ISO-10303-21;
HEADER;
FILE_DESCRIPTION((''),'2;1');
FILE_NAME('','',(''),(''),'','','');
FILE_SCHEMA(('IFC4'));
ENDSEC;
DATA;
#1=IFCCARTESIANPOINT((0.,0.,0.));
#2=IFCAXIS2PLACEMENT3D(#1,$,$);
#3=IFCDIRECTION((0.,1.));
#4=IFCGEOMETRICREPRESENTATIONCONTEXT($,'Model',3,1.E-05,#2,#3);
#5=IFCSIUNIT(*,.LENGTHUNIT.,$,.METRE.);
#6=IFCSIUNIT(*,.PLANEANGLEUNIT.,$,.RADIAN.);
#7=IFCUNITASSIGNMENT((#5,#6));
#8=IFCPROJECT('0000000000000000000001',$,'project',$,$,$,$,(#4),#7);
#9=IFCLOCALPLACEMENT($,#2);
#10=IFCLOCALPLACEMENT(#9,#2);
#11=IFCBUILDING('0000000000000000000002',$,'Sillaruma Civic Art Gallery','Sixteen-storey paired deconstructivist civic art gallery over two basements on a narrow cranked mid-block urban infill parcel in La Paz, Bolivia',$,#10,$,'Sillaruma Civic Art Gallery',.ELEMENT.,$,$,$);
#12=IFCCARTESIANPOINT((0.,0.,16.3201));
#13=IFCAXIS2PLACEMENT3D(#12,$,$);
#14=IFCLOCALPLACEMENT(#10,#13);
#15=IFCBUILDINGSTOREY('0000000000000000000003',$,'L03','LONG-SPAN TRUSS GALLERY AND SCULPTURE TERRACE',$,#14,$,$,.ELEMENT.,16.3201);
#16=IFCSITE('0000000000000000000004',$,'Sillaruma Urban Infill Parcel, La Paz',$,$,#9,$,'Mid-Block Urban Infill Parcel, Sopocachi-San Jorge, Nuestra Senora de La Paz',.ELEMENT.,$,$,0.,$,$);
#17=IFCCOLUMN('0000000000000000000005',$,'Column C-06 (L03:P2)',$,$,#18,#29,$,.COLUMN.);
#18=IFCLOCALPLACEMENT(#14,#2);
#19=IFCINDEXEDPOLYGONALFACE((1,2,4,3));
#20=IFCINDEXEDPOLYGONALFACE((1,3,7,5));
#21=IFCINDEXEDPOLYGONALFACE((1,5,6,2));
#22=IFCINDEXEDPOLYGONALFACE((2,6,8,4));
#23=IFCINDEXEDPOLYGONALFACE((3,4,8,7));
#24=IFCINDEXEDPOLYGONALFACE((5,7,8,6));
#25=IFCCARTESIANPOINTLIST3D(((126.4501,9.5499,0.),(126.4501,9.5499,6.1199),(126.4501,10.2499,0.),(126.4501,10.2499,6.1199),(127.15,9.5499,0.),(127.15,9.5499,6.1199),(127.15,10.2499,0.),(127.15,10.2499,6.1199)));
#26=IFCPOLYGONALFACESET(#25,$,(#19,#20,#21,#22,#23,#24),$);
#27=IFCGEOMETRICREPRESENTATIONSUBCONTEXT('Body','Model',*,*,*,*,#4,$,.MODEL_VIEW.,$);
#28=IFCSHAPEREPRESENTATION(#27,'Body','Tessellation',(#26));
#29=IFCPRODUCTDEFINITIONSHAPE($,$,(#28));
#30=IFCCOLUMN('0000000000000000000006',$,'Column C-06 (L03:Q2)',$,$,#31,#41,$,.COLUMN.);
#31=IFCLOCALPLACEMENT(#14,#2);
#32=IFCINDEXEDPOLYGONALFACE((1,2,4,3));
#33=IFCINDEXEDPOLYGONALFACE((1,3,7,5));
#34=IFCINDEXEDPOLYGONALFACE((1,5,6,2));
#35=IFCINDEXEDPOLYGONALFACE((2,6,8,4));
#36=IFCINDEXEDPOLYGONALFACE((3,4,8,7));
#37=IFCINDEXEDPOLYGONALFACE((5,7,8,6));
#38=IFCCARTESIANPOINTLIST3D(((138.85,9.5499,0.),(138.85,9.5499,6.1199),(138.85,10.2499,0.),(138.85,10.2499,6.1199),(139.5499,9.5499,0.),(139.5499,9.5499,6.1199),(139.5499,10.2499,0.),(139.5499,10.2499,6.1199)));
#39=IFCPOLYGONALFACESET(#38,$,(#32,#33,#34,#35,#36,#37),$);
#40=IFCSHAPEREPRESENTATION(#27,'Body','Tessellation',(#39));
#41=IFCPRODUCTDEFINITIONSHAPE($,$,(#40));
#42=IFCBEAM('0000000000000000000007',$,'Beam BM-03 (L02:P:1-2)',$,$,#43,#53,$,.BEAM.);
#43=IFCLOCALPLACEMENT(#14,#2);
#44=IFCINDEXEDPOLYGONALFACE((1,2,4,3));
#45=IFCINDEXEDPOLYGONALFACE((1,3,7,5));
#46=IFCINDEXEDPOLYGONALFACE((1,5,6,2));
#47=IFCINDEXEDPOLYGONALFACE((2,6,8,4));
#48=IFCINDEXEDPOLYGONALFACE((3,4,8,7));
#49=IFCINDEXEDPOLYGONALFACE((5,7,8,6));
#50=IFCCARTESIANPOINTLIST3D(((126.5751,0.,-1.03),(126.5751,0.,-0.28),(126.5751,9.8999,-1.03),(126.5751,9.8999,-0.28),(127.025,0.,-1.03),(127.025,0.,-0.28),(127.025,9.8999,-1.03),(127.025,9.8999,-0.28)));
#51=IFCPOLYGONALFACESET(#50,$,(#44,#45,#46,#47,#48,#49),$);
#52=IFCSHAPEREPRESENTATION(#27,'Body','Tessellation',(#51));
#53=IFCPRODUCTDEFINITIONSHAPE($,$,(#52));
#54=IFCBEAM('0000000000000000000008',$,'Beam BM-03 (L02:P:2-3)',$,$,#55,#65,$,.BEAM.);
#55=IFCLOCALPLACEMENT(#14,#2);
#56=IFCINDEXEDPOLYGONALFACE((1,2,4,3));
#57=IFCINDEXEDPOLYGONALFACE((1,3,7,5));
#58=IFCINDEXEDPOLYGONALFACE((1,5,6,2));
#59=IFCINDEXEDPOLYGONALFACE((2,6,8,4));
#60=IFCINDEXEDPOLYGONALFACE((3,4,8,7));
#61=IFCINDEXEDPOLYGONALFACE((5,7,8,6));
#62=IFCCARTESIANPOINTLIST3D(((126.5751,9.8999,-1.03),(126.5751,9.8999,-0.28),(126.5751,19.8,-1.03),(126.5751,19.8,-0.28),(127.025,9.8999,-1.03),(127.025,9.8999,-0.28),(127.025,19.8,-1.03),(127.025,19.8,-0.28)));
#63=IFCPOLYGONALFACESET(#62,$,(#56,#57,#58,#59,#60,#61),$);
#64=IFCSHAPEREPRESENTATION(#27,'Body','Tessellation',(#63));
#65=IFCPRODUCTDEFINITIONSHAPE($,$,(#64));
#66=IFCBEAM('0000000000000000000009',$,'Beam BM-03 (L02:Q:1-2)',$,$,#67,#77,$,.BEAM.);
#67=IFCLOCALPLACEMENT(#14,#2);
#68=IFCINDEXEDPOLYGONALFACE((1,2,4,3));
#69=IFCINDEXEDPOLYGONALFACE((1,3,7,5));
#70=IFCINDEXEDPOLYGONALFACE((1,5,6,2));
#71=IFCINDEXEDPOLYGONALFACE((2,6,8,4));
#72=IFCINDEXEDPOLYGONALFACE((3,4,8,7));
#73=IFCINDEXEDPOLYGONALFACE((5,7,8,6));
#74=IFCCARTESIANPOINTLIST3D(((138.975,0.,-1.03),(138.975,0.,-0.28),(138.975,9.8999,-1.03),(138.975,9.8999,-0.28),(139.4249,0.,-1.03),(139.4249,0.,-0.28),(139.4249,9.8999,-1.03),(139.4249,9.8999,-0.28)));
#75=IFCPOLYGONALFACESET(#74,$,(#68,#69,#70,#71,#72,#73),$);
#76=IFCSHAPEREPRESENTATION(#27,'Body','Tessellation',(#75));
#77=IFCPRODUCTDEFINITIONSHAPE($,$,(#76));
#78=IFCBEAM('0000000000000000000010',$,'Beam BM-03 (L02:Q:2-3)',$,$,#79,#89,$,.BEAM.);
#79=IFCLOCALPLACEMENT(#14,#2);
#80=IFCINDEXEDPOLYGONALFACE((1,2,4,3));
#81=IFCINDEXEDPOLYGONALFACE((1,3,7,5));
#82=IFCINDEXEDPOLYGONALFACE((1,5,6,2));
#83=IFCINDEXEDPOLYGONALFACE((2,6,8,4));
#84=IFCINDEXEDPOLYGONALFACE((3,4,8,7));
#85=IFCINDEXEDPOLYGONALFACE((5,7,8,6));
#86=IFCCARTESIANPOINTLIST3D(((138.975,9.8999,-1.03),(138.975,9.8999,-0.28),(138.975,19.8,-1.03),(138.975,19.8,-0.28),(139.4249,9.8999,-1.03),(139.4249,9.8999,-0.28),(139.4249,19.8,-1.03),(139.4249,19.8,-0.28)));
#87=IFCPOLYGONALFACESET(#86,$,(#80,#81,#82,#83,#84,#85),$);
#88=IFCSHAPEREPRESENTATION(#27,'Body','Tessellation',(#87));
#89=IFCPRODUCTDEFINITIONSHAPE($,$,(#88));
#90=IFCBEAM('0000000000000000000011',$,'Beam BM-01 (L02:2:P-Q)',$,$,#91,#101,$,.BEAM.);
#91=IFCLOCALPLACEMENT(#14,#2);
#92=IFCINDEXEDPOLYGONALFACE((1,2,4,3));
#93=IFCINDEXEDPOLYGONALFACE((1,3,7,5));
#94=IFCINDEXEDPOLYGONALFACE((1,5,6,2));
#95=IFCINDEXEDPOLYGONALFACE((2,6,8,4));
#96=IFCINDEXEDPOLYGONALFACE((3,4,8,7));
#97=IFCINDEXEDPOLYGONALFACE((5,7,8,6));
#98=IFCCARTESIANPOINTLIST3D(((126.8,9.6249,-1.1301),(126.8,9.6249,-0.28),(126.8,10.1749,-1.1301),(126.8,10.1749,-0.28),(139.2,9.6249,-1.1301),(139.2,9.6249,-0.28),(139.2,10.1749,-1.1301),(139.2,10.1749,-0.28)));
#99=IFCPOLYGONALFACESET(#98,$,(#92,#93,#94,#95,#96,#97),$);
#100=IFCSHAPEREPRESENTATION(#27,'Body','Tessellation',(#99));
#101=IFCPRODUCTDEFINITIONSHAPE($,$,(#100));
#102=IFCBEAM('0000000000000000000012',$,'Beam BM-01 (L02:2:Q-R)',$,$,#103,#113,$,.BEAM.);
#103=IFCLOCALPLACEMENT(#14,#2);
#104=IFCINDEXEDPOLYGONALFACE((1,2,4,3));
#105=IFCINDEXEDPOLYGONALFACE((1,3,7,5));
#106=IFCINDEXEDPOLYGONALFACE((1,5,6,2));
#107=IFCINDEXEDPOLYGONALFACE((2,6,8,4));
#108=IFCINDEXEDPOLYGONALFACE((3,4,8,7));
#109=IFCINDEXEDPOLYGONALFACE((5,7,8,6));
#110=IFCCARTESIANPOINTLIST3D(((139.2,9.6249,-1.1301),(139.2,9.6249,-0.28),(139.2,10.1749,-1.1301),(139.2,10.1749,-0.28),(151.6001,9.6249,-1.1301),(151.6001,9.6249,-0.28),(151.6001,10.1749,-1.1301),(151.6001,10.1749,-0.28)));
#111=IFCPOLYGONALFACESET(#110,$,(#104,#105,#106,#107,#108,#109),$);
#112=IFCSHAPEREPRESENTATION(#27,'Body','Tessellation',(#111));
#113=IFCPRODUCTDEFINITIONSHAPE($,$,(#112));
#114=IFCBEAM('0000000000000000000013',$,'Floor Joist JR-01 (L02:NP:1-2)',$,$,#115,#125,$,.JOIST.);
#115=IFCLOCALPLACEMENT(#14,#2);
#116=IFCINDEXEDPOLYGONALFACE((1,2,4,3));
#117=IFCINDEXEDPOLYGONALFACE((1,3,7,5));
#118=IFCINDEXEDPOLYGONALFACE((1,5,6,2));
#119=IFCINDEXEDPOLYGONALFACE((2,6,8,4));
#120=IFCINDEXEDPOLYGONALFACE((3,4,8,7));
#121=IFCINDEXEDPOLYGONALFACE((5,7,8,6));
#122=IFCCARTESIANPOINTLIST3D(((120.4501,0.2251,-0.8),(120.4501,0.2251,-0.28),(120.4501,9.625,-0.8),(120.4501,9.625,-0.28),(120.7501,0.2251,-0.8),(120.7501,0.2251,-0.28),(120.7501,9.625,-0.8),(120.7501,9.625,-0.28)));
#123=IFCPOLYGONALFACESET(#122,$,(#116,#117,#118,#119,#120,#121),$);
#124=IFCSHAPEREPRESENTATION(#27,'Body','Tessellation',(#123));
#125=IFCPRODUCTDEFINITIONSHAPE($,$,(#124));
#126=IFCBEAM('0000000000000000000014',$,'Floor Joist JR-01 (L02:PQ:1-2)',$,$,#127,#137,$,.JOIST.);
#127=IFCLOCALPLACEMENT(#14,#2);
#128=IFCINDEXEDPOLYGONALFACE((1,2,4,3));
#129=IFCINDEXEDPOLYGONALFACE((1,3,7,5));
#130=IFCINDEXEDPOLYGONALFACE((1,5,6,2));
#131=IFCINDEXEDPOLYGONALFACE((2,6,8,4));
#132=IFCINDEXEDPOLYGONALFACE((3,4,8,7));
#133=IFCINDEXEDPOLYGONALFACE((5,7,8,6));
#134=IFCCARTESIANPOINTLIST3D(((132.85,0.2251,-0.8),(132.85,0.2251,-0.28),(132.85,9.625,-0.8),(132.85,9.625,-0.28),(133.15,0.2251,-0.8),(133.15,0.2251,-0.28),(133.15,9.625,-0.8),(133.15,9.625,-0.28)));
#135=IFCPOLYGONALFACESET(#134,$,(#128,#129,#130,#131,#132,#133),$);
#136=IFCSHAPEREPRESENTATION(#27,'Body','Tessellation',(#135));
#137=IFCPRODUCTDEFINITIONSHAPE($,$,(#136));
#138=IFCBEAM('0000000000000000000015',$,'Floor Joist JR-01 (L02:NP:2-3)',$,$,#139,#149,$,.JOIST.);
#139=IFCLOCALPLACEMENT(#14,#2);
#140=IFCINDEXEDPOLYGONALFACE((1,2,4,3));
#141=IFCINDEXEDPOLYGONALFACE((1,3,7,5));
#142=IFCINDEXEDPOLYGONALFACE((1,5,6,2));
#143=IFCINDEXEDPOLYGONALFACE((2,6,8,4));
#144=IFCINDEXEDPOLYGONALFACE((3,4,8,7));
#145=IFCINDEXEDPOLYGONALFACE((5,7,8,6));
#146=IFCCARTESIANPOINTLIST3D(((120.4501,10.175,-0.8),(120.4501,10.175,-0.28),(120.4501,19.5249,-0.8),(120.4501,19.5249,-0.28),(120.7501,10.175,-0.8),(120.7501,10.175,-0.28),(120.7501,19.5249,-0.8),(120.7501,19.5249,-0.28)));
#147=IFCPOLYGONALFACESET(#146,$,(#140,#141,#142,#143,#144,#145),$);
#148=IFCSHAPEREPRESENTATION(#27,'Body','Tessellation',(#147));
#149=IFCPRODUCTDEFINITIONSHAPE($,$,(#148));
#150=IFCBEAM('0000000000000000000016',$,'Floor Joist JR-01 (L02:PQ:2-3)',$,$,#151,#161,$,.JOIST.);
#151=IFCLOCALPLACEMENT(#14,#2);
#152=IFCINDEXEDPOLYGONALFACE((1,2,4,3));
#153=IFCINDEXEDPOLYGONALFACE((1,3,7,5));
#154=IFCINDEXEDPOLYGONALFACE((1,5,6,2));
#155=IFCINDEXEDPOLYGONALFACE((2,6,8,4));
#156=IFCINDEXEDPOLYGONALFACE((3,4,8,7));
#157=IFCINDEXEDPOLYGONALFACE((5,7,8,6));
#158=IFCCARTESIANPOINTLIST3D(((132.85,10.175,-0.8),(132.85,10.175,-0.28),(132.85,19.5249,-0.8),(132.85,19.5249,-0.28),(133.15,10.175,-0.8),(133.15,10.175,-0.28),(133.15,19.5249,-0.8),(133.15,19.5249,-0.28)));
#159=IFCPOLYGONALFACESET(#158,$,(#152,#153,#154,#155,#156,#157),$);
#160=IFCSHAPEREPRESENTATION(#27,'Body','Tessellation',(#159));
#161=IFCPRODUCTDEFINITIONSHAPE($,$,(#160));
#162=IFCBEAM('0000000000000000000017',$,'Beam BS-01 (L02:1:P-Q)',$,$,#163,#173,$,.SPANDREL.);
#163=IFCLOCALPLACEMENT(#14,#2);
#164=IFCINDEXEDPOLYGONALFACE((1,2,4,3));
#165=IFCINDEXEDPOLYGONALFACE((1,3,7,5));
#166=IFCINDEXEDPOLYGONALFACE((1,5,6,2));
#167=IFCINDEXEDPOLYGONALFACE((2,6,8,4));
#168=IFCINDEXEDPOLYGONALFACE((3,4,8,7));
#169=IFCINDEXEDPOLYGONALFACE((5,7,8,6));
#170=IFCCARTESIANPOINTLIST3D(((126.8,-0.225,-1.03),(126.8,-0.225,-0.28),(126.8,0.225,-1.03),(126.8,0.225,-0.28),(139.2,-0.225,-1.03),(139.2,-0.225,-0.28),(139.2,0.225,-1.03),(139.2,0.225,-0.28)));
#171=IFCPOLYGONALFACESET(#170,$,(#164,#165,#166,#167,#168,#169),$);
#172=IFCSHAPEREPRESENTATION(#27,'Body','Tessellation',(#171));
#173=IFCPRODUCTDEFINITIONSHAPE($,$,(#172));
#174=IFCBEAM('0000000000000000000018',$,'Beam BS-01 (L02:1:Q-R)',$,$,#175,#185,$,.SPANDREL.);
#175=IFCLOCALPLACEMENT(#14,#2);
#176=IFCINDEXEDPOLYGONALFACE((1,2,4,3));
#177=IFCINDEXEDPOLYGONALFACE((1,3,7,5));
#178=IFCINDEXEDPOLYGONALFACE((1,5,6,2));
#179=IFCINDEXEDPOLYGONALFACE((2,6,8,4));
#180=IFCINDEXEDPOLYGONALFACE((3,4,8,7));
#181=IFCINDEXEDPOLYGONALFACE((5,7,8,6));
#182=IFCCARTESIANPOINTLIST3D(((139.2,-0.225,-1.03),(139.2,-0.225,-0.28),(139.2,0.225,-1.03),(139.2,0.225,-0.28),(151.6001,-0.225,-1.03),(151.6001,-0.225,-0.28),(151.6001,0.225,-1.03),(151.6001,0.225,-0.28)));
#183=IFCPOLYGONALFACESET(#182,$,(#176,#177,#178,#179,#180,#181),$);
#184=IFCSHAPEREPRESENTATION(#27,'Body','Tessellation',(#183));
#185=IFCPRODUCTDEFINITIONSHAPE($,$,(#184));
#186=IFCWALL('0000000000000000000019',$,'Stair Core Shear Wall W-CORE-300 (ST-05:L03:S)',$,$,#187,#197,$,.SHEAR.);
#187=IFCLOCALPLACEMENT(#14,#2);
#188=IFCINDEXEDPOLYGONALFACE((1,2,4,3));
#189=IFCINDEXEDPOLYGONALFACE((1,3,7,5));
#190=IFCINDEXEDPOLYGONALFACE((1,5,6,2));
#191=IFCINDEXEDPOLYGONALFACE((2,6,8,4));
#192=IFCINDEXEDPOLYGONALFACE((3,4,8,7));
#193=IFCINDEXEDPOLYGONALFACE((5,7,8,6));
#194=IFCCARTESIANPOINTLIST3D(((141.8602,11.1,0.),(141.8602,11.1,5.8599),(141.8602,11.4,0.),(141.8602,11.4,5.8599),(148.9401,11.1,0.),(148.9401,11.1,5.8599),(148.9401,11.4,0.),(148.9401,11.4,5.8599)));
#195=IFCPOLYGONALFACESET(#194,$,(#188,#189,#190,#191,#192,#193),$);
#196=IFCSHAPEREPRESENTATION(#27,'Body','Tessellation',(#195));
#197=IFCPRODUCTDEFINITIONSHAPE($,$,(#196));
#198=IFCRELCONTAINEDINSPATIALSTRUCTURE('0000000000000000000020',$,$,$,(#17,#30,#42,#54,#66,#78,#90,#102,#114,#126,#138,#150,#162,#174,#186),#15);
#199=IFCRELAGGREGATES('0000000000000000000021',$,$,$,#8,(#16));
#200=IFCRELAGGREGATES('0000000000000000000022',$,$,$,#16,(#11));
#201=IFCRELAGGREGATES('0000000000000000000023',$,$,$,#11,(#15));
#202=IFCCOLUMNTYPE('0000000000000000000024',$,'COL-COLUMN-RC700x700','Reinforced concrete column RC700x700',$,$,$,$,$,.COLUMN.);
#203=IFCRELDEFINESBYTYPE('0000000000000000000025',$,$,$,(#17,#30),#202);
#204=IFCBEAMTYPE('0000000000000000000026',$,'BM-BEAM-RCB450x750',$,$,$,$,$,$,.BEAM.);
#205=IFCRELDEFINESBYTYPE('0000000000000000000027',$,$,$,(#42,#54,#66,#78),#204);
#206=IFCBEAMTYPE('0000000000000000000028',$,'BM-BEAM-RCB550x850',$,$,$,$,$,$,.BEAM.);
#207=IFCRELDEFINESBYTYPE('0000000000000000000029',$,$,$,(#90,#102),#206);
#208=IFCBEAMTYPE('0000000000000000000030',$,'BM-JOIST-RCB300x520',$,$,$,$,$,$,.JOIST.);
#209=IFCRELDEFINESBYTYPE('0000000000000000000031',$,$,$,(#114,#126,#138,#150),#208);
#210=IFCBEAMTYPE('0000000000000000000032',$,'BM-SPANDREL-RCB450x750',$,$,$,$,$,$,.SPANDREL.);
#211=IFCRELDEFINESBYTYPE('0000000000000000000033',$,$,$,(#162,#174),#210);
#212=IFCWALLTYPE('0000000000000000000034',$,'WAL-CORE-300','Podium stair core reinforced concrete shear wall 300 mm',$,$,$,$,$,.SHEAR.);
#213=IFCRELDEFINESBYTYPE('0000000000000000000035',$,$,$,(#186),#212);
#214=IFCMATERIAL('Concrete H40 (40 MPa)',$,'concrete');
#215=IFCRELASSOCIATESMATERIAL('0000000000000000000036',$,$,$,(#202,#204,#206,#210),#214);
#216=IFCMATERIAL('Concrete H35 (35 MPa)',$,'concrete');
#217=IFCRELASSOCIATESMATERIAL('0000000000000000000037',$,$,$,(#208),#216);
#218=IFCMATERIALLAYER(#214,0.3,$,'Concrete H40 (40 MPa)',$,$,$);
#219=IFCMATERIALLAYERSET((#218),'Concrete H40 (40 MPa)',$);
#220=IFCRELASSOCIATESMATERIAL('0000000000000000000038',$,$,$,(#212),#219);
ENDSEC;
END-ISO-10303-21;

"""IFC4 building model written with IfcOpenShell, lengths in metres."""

from ifc_helpers import new_model, si_unit, direction, frame, frame_2d, origin, origin_2d, place, context, subcontext, project, spatial, rectangle, extrude, material, layer, layer_set, material_profile, profile_set, type_object, element, save


model = new_model("IFC4")

# Units and contexts
model_context = context("Model", 3, precision=1e-05, world=origin(), true_north=direction((0.0, 1.0)))
body_context = subcontext(model_context, "Body", "Model", "MODEL_VIEW")
ifc_project = project(units=[si_unit("LENGTHUNIT", "METRE"), si_unit("PLANEANGLEUNIT", "RADIAN")], contexts=[model_context])

# Site, building, storey
site_placement = place(None, origin())
site = spatial("IfcSite", under=ifc_project, at=site_placement, Name="Sillaruma Urban Infill Parcel, La Paz", LongName="Mid-Block Urban Infill Parcel, Sopocachi-San Jorge, Nuestra Senora de La Paz", CompositionType="ELEMENT", RefElevation=0.0)
building_placement = place(site_placement, origin())
building = spatial("IfcBuilding", under=site, at=building_placement, Name="Sillaruma Civic Art Gallery", Description="Sixteen-storey paired deconstructivist civic art gallery over two basements on a narrow cranked mid-block urban infill parcel in La Paz, Bolivia", LongName="Sillaruma Civic Art Gallery", CompositionType="ELEMENT")
storey_placement = place(building_placement, frame((0.0, 0.0, 16.3201)))
storey = spatial("IfcBuildingStorey", under=building, at=storey_placement, Name="L03", Description="LONG-SPAN TRUSS GALLERY AND SCULPTURE TERRACE", CompositionType="ELEMENT", Elevation=16.3201)

# Columns
ifc_material_1 = material(Name="Concrete H40 (40 MPa)", Category="concrete")
ifc_material_profile_1 = material_profile(ifc_material_1, rectangle(XDim=0.7, YDim=0.7, at=origin_2d()), Name="RC700x700")
ifc_profile_set_1 = profile_set([ifc_material_profile_1], Name="Concrete H40 (40 MPa)")
column_type = type_object("IfcColumnType", Name="COL-COLUMN-RC700x700", Description="Reinforced concrete column RC700x700", PredefinedType="COLUMN", material=ifc_profile_set_1)
for number, where, z_axis, x_axis, name in (
    (1, (126.8, 9.8999, 0.0), (0.0, 0.0, 1.0), (1.0, 0.0, 0.0), "Column C-06 (L03:P2)"),
    (2, (139.2, 9.8999, 0.0), (0.0, 0.0, 1.0), (1.0, 0.0, 0.0), "Column C-06 (L03:Q2)"),
):
    element("IfcColumn", number, at=place(storey_placement, frame(where, z_axis=z_axis, x_axis=x_axis)), inside=storey, type_object=column_type, Name=name, PredefinedType="COLUMN", context=body_context, shape_type="SweptSolid", body=[
        extrude(rectangle(XDim=0.7, YDim=0.7, at=origin_2d()), origin(), (0.0, 0.0, 1.0), 6.1199),
    ])

# Beams
ifc_material_profile_2 = material_profile(ifc_material_1, rectangle(XDim=0.45, YDim=0.75, at=origin_2d()), Name="RCB450x750")
ifc_profile_set_2 = profile_set([ifc_material_profile_2], Name="Concrete H40 (40 MPa)")
beam_type_1 = type_object("IfcBeamType", Name="BM-BEAM-RCB450x750", PredefinedType="BEAM", material=ifc_profile_set_2)
beam_1_placement = place(storey_placement, frame((126.8, 0.0, -0.655), z_axis=(0.0, 1.0, 0.0), x_axis=(-1.0, 0.0, 0.0)))
element("IfcBeam", 3, at=beam_1_placement, inside=storey, type_object=beam_type_1, Name="Beam BM-03 (L02:P:1-2)", PredefinedType="BEAM", context=body_context, shape_type="SweptSolid", body=[
    extrude(rectangle(XDim=0.45, YDim=0.75, at=origin_2d()), origin(), (0.0, 0.0, 1.0), 9.8999),
])
beam_2_placement = place(storey_placement, frame((126.8, 9.8999, -0.655), z_axis=(0.0, 1.0, 0.0), x_axis=(-1.0, 0.0, 0.0)))
element("IfcBeam", 4, at=beam_2_placement, inside=storey, type_object=beam_type_1, Name="Beam BM-03 (L02:P:2-3)", PredefinedType="BEAM", context=body_context, shape_type="SweptSolid", body=[
    extrude(rectangle(XDim=0.45, YDim=0.75, at=origin_2d()), origin(), (0.0, 0.0, 1.0), 9.9001),
])
beam_3_placement = place(storey_placement, frame((139.2, 0.0, -0.655), z_axis=(0.0, 1.0, 0.0), x_axis=(-1.0, 0.0, 0.0)))
element("IfcBeam", 5, at=beam_3_placement, inside=storey, type_object=beam_type_1, Name="Beam BM-03 (L02:Q:1-2)", PredefinedType="BEAM", context=body_context, shape_type="SweptSolid", body=[
    extrude(rectangle(XDim=0.45, YDim=0.75, at=origin_2d()), origin(), (0.0, 0.0, 1.0), 9.8999),
])
beam_4_placement = place(storey_placement, frame((139.2, 9.8999, -0.655), z_axis=(0.0, 1.0, 0.0), x_axis=(-1.0, 0.0, 0.0)))
element("IfcBeam", 6, at=beam_4_placement, inside=storey, type_object=beam_type_1, Name="Beam BM-03 (L02:Q:2-3)", PredefinedType="BEAM", context=body_context, shape_type="SweptSolid", body=[
    extrude(rectangle(XDim=0.45, YDim=0.75, at=origin_2d()), origin(), (0.0, 0.0, 1.0), 9.9001),
])
ifc_material_profile_3 = material_profile(ifc_material_1, rectangle(XDim=0.55, YDim=0.8501, at=origin_2d()), Name="RCB550x850")
ifc_profile_set_3 = profile_set([ifc_material_profile_3], Name="Concrete H40 (40 MPa)")
beam_type_2 = type_object("IfcBeamType", Name="BM-BEAM-RCB550x850", PredefinedType="BEAM", material=ifc_profile_set_3)
beam_5_placement = place(storey_placement, frame((126.8, 9.8999, -0.7051), z_axis=(1.0, 0.0, 0.0), x_axis=(0.0, 1.0, 0.0)))
element("IfcBeam", 7, at=beam_5_placement, inside=storey, type_object=beam_type_2, Name="Beam BM-01 (L02:2:P-Q)", PredefinedType="BEAM", context=body_context, shape_type="SweptSolid", body=[
    extrude(rectangle(XDim=0.55, YDim=0.8501, at=origin_2d()), origin(), (0.0, 0.0, 1.0), 12.3999),
])
beam_6_placement = place(storey_placement, frame((139.2, 9.8999, -0.7051), z_axis=(1.0, 0.0, 0.0), x_axis=(0.0, 1.0, 0.0)))
element("IfcBeam", 8, at=beam_6_placement, inside=storey, type_object=beam_type_2, Name="Beam BM-01 (L02:2:Q-R)", PredefinedType="BEAM", context=body_context, shape_type="SweptSolid", body=[
    extrude(rectangle(XDim=0.55, YDim=0.8501, at=origin_2d()), origin(), (0.0, 0.0, 1.0), 12.4001),
])
ifc_material_2 = material(Name="Concrete H35 (35 MPa)", Category="concrete")
ifc_material_profile_4 = material_profile(ifc_material_2, rectangle(XDim=0.3, YDim=0.52, at=origin_2d()), Name="RCB300x520")
ifc_profile_set_4 = profile_set([ifc_material_profile_4], Name="Concrete H35 (35 MPa)")
beam_type_3 = type_object("IfcBeamType", Name="BM-JOIST-RCB300x520", PredefinedType="JOIST", material=ifc_profile_set_4)
for number, where, z_axis, x_axis, name in (
    (9, (120.6001, 0.2251, -0.54), (0.0, 1.0, 0.0), (-1.0, 0.0, 0.0), "Floor Joist JR-01 (L02:NP:1-2)"),
    (10, (133.0, 0.2251, -0.54), (0.0, 1.0, 0.0), (-1.0, 0.0, 0.0), "Floor Joist JR-01 (L02:PQ:1-2)"),
):
    element("IfcBeam", number, at=place(storey_placement, frame(where, z_axis=z_axis, x_axis=x_axis)), inside=storey, type_object=beam_type_3, Name=name, PredefinedType="JOIST", context=body_context, shape_type="SweptSolid", body=[
        extrude(rectangle(XDim=0.3, YDim=0.52, at=origin_2d()), origin(), (0.0, 0.0, 1.0), 9.3999),
    ])
for number, where, z_axis, x_axis, name in (
    (11, (120.6001, 10.175, -0.54), (0.0, 1.0, 0.0), (-1.0, 0.0, 0.0), "Floor Joist JR-01 (L02:NP:2-3)"),
    (12, (133.0, 10.175, -0.54), (0.0, 1.0, 0.0), (-1.0, 0.0, 0.0), "Floor Joist JR-01 (L02:PQ:2-3)"),
):
    element("IfcBeam", number, at=place(storey_placement, frame(where, z_axis=z_axis, x_axis=x_axis)), inside=storey, type_object=beam_type_3, Name=name, PredefinedType="JOIST", context=body_context, shape_type="SweptSolid", body=[
        extrude(rectangle(XDim=0.3, YDim=0.52, at=origin_2d()), origin(), (0.0, 0.0, 1.0), 9.3499),
    ])
ifc_material_profile_5 = material_profile(ifc_material_1, rectangle(XDim=0.45, YDim=0.75, at=origin_2d()), Name="RCB450x750")
ifc_profile_set_5 = profile_set([ifc_material_profile_5], Name="Concrete H40 (40 MPa)")
beam_type_4 = type_object("IfcBeamType", Name="BM-SPANDREL-RCB450x750", PredefinedType="SPANDREL", material=ifc_profile_set_5)
beam_7_placement = place(storey_placement, frame((126.8, 0.0, -0.655), z_axis=(1.0, 0.0, 0.0), x_axis=(0.0, 1.0, 0.0)))
element("IfcBeam", 13, at=beam_7_placement, inside=storey, type_object=beam_type_4, Name="Beam BS-01 (L02:1:P-Q)", PredefinedType="SPANDREL", context=body_context, shape_type="SweptSolid", body=[
    extrude(rectangle(XDim=0.45, YDim=0.75, at=origin_2d()), origin(), (0.0, 0.0, 1.0), 12.3999),
])
beam_8_placement = place(storey_placement, frame((139.2, 0.0, -0.655), z_axis=(1.0, 0.0, 0.0), x_axis=(0.0, 1.0, 0.0)))
element("IfcBeam", 14, at=beam_8_placement, inside=storey, type_object=beam_type_4, Name="Beam BS-01 (L02:1:Q-R)", PredefinedType="SPANDREL", context=body_context, shape_type="SweptSolid", body=[
    extrude(rectangle(XDim=0.45, YDim=0.75, at=origin_2d()), origin(), (0.0, 0.0, 1.0), 12.4001),
])

# Wall
ifc_layer_1 = layer(ifc_material_1, 0.3, Name="Concrete H40 (40 MPa)")
ifc_layer_set_1 = layer_set([ifc_layer_1], Name="Concrete H40 (40 MPa)")
wall_type_1 = type_object("IfcWallType", Name="WAL-CORE-300", Description="Podium stair core reinforced concrete shear wall 300 mm", PredefinedType="SHEAR", material=ifc_layer_set_1)
wall_1_placement = place(storey_placement, frame((141.8601, 11.25, 0.0), z_axis=(0.0, 0.0, 1.0), x_axis=(1.0, 0.0, 0.0)))
element("IfcWall", 15, at=wall_1_placement, inside=storey, type_object=wall_type_1, Name="Stair Core Shear Wall W-CORE-300 (ST-05:L03:S)", PredefinedType="SHEAR", context=body_context, shape_type="SweptSolid", body=[
    extrude(rectangle(XDim=7.0798, YDim=0.3, at=frame_2d((3.54, 0.0))), origin(), (0.0, 0.0, 1.0), 5.8599),
])

save(model, "model.ifc")
